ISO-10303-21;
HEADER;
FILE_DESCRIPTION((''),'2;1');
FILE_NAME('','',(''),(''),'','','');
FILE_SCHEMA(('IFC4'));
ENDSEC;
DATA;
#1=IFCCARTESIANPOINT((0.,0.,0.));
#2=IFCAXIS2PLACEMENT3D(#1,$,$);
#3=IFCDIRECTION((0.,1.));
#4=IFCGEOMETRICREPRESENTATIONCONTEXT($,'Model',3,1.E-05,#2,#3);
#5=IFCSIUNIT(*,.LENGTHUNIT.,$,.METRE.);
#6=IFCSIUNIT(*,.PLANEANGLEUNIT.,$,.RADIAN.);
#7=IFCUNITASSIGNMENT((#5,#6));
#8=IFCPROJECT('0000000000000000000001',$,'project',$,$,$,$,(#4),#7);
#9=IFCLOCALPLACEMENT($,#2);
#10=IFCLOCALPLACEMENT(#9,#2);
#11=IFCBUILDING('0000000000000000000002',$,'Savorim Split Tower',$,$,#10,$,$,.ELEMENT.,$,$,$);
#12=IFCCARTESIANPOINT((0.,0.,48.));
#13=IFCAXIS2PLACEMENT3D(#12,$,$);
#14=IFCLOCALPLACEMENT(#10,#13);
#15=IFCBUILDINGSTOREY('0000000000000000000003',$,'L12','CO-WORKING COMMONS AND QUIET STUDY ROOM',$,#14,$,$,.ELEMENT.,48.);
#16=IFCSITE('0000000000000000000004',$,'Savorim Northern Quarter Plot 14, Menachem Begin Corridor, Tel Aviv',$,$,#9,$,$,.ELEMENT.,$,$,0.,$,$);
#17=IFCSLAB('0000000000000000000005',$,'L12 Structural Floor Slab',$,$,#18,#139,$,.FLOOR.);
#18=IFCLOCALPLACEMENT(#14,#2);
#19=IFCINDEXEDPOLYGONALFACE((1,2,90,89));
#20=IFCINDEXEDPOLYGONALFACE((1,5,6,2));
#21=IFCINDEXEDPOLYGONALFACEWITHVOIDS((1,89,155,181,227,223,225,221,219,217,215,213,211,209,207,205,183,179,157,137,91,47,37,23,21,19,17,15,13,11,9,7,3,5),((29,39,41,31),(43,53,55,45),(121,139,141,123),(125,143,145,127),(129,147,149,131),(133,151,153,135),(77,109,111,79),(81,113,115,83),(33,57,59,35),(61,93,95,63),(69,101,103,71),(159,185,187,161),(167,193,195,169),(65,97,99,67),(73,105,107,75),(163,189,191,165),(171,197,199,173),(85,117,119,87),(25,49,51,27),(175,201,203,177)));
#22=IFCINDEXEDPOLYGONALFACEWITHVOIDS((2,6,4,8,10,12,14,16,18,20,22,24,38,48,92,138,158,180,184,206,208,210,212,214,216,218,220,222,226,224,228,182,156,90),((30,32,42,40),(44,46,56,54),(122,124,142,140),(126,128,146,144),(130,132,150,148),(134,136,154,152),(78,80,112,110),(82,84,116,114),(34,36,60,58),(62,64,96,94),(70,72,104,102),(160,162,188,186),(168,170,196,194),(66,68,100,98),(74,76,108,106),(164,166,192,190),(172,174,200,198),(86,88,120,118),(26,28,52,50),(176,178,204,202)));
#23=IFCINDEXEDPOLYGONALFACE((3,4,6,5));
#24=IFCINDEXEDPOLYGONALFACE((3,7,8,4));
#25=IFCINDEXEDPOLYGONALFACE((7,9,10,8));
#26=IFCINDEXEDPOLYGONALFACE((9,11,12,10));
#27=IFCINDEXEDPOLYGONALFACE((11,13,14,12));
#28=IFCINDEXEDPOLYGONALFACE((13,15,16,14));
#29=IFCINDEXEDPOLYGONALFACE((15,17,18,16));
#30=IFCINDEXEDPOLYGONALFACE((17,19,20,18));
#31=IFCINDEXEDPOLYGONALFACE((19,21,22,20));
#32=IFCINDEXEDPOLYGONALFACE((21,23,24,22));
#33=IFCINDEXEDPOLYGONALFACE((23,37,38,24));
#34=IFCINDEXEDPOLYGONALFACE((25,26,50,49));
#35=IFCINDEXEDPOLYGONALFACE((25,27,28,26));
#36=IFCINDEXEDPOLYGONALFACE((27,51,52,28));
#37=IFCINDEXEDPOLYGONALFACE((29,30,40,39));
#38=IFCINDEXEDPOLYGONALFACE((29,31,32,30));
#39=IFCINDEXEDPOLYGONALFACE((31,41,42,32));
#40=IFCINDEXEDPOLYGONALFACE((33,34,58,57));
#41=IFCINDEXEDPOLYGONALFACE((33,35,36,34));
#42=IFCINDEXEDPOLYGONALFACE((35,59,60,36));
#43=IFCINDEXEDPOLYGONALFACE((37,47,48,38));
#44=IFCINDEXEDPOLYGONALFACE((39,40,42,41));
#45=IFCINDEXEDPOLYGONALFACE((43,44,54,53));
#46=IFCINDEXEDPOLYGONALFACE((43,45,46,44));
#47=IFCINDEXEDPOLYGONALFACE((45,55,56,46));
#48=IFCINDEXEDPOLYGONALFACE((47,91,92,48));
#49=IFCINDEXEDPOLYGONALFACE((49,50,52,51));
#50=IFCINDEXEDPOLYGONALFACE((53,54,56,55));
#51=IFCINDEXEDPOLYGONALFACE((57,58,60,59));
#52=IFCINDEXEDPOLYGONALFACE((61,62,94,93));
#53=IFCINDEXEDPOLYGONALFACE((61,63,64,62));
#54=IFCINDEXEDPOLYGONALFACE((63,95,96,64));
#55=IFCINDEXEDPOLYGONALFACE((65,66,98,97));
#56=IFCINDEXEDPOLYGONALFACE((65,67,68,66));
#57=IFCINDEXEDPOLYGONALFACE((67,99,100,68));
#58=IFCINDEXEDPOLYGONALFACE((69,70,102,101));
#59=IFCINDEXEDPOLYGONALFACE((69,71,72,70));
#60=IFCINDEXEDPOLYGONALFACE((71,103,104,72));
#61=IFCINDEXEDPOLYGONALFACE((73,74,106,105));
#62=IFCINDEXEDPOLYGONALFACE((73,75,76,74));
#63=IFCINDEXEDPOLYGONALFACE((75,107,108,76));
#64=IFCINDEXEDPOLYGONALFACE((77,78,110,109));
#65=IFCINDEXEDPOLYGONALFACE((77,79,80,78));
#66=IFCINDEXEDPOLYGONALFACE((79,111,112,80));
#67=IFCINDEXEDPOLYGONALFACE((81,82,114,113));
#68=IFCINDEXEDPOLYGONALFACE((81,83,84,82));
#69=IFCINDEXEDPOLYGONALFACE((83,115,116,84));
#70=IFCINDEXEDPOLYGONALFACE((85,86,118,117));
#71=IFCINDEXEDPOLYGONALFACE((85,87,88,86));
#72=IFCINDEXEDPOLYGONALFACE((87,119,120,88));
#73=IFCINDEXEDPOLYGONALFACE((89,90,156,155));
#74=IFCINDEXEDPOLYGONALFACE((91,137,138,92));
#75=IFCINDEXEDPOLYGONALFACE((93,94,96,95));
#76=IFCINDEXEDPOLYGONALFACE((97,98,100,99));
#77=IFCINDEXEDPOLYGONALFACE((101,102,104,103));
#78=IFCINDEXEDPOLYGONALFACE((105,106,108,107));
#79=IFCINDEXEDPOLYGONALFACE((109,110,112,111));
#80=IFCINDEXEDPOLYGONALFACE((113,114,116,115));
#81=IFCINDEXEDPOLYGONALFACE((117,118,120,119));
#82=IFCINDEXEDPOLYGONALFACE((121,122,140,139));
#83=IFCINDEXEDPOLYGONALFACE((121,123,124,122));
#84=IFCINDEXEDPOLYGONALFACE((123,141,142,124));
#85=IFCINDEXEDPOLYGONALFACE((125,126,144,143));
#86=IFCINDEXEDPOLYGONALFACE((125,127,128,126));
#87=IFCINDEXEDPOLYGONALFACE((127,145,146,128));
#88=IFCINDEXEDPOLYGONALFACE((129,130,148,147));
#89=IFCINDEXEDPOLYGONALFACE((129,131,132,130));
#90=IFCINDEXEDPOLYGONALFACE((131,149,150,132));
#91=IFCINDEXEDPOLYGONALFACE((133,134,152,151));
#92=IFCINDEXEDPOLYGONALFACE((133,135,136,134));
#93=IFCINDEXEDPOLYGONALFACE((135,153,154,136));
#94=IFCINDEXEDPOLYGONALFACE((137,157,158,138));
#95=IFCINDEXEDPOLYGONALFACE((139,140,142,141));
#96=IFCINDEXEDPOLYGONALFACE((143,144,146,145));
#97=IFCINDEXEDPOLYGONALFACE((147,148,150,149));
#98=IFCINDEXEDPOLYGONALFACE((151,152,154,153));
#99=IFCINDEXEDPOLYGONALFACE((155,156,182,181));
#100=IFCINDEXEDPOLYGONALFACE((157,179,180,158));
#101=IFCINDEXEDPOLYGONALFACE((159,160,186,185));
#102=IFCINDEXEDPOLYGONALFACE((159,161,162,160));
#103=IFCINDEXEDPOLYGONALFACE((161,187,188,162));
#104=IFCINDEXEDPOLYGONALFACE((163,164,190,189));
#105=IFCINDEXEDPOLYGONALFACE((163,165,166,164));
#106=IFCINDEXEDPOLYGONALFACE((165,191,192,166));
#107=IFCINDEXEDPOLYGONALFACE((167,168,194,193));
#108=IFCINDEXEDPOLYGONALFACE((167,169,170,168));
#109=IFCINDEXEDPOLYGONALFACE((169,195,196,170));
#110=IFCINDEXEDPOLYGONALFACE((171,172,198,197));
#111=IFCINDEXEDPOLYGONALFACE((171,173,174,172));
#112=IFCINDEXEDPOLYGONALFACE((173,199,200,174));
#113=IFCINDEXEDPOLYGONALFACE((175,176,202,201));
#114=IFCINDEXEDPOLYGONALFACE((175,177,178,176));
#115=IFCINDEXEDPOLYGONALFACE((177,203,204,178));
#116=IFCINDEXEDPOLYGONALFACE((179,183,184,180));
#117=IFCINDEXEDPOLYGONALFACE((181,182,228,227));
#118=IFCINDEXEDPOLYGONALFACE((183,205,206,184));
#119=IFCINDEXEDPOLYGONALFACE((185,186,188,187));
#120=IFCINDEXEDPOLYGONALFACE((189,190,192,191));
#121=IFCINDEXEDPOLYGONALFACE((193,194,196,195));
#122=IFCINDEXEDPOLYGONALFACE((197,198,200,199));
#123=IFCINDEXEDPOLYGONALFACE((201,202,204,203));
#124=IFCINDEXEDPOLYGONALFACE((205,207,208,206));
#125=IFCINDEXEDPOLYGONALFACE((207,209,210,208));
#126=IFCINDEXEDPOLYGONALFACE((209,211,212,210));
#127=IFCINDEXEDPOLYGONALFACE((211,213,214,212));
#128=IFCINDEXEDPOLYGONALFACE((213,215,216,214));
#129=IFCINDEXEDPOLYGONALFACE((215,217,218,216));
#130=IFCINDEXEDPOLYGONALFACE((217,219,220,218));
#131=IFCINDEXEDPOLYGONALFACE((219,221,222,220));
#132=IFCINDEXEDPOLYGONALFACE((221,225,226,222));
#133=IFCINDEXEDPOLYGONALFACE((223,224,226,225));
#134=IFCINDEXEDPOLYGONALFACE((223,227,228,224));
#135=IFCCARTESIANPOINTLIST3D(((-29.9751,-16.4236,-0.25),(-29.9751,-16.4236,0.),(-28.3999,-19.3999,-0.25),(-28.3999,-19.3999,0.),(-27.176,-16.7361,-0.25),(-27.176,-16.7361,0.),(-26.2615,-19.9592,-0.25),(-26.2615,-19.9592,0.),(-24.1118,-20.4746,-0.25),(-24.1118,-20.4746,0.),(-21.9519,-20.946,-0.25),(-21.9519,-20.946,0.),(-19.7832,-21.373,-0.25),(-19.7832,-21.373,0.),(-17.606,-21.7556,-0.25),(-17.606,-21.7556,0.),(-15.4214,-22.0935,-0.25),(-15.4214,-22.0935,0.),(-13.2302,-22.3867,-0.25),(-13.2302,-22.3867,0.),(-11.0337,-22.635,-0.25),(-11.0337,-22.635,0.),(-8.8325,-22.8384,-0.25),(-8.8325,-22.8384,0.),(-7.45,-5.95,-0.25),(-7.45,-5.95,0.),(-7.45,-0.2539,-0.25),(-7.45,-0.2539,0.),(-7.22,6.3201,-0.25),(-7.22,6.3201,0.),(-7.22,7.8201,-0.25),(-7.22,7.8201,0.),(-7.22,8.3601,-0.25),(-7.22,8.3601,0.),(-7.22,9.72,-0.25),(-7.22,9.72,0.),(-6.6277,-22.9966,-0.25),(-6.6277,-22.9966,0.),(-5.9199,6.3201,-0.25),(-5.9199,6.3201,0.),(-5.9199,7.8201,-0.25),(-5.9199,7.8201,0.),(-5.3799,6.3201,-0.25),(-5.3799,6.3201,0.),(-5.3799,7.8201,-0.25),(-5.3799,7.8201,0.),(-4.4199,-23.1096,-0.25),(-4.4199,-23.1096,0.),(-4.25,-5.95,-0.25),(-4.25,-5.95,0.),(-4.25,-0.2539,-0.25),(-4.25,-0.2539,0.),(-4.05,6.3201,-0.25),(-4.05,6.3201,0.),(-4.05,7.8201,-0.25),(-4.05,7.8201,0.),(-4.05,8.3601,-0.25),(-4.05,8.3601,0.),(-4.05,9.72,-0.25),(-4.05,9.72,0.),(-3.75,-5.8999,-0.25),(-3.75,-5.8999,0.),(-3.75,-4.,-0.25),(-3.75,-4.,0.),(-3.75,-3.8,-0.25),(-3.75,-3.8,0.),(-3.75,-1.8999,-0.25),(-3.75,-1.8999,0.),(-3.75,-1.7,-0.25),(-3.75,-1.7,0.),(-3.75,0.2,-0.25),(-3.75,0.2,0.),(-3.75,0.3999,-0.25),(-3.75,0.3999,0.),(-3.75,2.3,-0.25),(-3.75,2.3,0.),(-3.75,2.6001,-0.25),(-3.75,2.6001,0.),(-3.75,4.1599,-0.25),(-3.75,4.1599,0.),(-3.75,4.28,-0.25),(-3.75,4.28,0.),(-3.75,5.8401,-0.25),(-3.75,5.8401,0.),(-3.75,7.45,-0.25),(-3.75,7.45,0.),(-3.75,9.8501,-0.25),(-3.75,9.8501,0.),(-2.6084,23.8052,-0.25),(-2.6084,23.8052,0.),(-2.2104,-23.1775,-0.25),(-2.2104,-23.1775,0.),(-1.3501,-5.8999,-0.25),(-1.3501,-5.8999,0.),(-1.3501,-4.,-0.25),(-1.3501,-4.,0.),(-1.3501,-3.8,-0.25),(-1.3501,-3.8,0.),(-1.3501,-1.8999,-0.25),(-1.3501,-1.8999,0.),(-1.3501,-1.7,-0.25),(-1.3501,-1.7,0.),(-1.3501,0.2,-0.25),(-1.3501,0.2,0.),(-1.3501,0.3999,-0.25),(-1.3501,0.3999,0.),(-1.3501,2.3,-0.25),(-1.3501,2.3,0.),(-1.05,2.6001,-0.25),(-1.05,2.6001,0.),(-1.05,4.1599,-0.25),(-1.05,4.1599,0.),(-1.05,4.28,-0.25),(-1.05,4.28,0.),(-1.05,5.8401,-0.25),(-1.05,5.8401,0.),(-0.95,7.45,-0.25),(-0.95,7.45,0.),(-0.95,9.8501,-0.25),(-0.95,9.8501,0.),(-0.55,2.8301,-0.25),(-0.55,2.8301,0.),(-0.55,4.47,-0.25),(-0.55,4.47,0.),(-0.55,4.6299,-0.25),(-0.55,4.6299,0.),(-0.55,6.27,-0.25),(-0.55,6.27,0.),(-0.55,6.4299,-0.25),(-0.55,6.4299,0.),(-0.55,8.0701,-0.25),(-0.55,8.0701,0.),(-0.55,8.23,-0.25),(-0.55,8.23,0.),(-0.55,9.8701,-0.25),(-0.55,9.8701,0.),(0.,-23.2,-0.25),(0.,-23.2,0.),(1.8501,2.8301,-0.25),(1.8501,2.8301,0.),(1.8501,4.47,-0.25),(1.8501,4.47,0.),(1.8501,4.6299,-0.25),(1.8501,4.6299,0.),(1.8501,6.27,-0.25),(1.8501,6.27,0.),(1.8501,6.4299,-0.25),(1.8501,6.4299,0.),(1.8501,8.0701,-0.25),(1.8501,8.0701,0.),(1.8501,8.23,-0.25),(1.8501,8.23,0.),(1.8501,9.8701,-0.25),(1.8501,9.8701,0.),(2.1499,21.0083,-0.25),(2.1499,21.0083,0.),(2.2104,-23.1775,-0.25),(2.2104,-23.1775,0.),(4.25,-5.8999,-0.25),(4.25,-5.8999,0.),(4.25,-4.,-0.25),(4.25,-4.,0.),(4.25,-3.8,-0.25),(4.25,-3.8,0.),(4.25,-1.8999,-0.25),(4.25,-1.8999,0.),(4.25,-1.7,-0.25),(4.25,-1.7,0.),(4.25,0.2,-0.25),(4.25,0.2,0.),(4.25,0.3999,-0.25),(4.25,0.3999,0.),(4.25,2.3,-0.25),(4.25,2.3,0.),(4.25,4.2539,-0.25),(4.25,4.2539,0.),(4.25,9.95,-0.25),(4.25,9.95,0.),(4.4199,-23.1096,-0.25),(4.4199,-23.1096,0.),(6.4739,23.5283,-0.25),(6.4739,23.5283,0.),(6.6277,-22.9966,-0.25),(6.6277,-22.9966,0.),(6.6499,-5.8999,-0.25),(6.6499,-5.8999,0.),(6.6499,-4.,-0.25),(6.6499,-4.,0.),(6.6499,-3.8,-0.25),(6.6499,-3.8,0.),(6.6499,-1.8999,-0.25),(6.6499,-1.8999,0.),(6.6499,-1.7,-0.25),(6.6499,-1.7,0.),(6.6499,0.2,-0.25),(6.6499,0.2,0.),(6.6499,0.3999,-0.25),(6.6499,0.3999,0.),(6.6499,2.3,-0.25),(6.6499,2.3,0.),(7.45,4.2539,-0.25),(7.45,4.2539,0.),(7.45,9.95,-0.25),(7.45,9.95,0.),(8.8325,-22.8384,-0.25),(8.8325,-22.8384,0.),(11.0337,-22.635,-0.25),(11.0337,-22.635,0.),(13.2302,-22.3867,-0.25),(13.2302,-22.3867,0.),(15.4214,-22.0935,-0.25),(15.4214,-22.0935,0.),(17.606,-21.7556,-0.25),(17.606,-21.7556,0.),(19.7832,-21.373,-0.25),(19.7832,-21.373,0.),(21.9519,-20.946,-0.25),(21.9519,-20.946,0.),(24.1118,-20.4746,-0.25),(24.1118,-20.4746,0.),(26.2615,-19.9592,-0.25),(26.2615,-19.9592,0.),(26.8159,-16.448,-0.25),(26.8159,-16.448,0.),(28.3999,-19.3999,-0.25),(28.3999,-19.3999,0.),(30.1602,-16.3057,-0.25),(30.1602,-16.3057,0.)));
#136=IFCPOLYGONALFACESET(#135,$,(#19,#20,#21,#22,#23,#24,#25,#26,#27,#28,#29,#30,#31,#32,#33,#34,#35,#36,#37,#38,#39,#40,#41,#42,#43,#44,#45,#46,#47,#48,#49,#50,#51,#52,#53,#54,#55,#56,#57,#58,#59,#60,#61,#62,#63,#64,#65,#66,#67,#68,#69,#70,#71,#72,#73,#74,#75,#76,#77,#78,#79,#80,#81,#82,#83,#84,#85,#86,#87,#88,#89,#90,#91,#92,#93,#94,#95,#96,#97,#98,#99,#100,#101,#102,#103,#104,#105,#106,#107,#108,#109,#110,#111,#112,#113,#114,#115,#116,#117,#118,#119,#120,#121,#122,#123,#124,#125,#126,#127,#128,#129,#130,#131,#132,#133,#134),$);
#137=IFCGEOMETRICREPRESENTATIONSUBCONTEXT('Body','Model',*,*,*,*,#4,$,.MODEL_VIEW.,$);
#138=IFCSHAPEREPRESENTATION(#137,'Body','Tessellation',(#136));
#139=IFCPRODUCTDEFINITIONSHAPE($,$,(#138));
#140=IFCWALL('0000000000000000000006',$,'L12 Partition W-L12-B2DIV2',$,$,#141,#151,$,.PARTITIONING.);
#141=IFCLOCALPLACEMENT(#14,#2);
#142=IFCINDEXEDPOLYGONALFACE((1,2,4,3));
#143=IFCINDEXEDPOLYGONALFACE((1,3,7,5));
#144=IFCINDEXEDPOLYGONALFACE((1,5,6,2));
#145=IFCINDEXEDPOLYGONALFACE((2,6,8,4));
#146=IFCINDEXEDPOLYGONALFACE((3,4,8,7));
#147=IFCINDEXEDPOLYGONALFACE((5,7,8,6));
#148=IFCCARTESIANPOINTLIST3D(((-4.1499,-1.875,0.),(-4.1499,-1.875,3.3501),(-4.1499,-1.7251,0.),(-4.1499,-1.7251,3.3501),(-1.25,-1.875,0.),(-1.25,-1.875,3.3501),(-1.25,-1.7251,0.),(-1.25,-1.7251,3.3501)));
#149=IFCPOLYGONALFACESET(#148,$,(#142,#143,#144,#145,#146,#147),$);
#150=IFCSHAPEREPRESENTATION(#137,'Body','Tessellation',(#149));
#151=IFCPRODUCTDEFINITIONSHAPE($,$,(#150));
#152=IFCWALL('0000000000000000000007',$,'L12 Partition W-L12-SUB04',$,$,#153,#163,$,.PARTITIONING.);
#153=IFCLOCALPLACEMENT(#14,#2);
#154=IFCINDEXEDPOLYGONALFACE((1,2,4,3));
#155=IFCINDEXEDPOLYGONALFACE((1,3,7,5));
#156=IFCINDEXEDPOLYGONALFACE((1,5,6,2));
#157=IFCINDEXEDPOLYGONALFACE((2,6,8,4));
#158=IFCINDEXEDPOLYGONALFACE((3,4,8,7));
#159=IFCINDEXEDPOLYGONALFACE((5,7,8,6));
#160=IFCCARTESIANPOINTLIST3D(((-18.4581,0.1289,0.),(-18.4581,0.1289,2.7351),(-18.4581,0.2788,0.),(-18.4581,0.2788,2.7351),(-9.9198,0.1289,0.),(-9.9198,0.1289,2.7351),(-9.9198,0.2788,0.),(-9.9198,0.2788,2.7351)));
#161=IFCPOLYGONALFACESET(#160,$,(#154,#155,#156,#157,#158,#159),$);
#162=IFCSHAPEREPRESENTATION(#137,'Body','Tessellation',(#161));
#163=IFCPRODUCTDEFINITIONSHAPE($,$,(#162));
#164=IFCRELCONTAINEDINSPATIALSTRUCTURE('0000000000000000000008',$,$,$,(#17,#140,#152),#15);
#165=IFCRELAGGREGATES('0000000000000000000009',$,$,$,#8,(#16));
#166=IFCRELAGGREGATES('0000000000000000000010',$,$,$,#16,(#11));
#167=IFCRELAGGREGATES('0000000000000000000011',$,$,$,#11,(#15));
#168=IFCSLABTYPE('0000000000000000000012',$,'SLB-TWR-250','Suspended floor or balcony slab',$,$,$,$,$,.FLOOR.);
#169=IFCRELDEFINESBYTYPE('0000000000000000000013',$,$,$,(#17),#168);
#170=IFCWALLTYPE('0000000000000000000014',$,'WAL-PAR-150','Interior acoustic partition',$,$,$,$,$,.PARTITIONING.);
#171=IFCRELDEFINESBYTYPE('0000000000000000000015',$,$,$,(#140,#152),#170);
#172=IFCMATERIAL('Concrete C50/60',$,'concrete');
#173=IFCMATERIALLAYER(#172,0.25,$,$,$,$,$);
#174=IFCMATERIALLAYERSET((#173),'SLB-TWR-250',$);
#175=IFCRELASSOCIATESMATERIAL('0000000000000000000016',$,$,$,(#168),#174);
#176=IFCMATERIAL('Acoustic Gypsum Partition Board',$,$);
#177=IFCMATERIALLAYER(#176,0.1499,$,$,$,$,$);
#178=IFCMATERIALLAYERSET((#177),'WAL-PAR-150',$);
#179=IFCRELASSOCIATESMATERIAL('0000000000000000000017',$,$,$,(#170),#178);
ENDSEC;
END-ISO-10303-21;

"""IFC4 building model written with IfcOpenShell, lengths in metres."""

from ifc_helpers import new_model, si_unit, direction, frame, frame_2d, origin, place, context, subcontext, project, spatial, polyline, rectangle, outline, extrude, material, layer, layer_set, type_object, element, save


model = new_model("IFC4")

# Units and contexts
model_context = context("Model", 3, precision=1e-05, world=origin(), true_north=direction((0.0, 1.0)))
body_context = subcontext(model_context, "Body", "Model", "MODEL_VIEW")
ifc_project = project(units=[si_unit("LENGTHUNIT", "METRE"), si_unit("PLANEANGLEUNIT", "RADIAN")], contexts=[model_context])

# Site, building, storey
site_placement = place(None, origin())
site = spatial("IfcSite", under=ifc_project, at=site_placement, Name="Savorim Northern Quarter Plot 14, Menachem Begin Corridor, Tel Aviv", CompositionType="ELEMENT", RefElevation=0.0)
building_placement = place(site_placement, origin())
building = spatial("IfcBuilding", under=site, at=building_placement, Name="Savorim Split Tower", CompositionType="ELEMENT")
storey_placement = place(building_placement, frame((0.0, 0.0, 48.0)))
storey = spatial("IfcBuildingStorey", under=building, at=storey_placement, Name="L12", Description="CO-WORKING COMMONS AND QUIET STUDY ROOM", CompositionType="ELEMENT", Elevation=48.0)

# Shared definitions
ifc_material_1 = material(Name="Concrete C50/60", Category="concrete")

# Slab
ifc_layer_1 = layer(ifc_material_1, 0.25)
ifc_layer_set_1 = layer_set([ifc_layer_1], Name="SLB-TWR-250")
slab_type_1 = type_object("IfcSlabType", Name="SLB-TWR-250", Description="Suspended floor or balcony slab", PredefinedType="FLOOR", material=ifc_layer_set_1)
slab_1_placement = place(storey_placement, frame((0.0, 0.0, -0.25)))
element("IfcSlab", 1, at=slab_1_placement, inside=storey, type_object=slab_type_1, Name="L12 Structural Floor Slab", PredefinedType="FLOOR", context=body_context, shape_type="SweptSolid", body=[
    extrude(outline(polyline([(-28.3999, -19.3999), (-26.2615, -19.9592), (-24.1118, -20.4746), (-21.9519, -20.946), (-19.7832, -21.373), (-17.606, -21.7556), (-15.4214, -22.0935), (-13.2302, -22.3867), (-11.0337, -22.635), (-8.8325, -22.8384), (-6.6277, -22.9966), (-4.4199, -23.1096), (-2.2104, -23.1775), (0.0, -23.2), (2.2104, -23.1775), (4.4199, -23.1096), (6.6277, -22.9966), (8.8325, -22.8384), (11.0337, -22.635), (13.2302, -22.3867), (15.4214, -22.0935), (17.606, -21.7556), (19.7832, -21.373), (21.9519, -20.946), (24.1118, -20.4746), (26.2615, -19.9592), (28.3999, -19.3999), (26.8159, -16.448), (30.1602, -16.3057), (6.4739, 23.5283), (2.1499, 21.0083), (-2.6084, 23.8052), (-29.9751, -16.4236), (-27.176, -16.7361), (-28.3999, -19.3999)]), holes=[polyline([(-7.45, -0.2539), (-7.45, -5.95), (-4.25, -5.95), (-4.25, -0.2539), (-7.45, -0.2539)]), polyline([(7.45, 4.2539), (7.45, 9.95), (4.25, 9.95), (4.25, 4.2539), (7.45, 4.2539)]), polyline([(4.25, -5.8999), (6.6499, -5.8999), (6.6499, -4.0), (4.25, -4.0), (4.25, -5.8999)]), polyline([(4.25, -3.8), (6.6499, -3.8), (6.6499, -1.8999), (4.25, -1.8999), (4.25, -3.8)]), polyline([(4.25, -1.7), (6.6499, -1.7), (6.6499, 0.2), (4.25, 0.2), (4.25, -1.7)]), polyline([(4.25, 0.3999), (6.6499, 0.3999), (6.6499, 2.3), (4.25, 2.3), (4.25, 0.3999)]), polyline([(-3.75, -5.8999), (-1.3501, -5.8999), (-1.3501, -4.0), (-3.75, -4.0), (-3.75, -5.8999)]), polyline([(-3.75, -3.8), (-1.3501, -3.8), (-1.3501, -1.8999), (-3.75, -1.8999), (-3.75, -3.8)]), polyline([(-3.75, -1.7), (-1.3501, -1.7), (-1.3501, 0.2), (-3.75, 0.2), (-3.75, -1.7)]), polyline([(-3.75, 0.3999), (-1.3501, 0.3999), (-1.3501, 2.3), (-3.75, 2.3), (-3.75, 0.3999)]), polyline([(-0.55, 2.8301), (1.8501, 2.8301), (1.8501, 4.47), (-0.55, 4.47), (-0.55, 2.8301)]), polyline([(-0.55, 4.6299), (1.8501, 4.6299), (1.8501, 6.27), (-0.55, 6.27), (-0.55, 4.6299)]), polyline([(-0.55, 6.4299), (1.8501, 6.4299), (1.8501, 8.0701), (-0.55, 8.0701), (-0.55, 6.4299)]), polyline([(-0.55, 8.23), (1.8501, 8.23), (1.8501, 9.8701), (-0.55, 9.8701), (-0.55, 8.23)]), polyline([(-3.75, 2.6001), (-1.05, 2.6001), (-1.05, 4.1599), (-3.75, 4.1599), (-3.75, 2.6001)]), polyline([(-3.75, 4.28), (-1.05, 4.28), (-1.05, 5.8401), (-3.75, 5.8401), (-3.75, 4.28)]), polyline([(-3.75, 7.45), (-0.95, 7.45), (-0.95, 9.8501), (-3.75, 9.8501), (-3.75, 7.45)]), polyline([(-7.22, 6.3201), (-5.9199, 6.3201), (-5.9199, 7.8201), (-7.22, 7.8201), (-7.22, 6.3201)]), polyline([(-5.3799, 6.3201), (-4.05, 6.3201), (-4.05, 7.8201), (-5.3799, 7.8201), (-5.3799, 6.3201)]), polyline([(-7.22, 8.3601), (-4.05, 8.3601), (-4.05, 9.72), (-7.22, 9.72), (-7.22, 8.3601)])]), origin(), (0.0, 0.0, 1.0), 0.25),
])

# Walls
ifc_material_2 = material(Name="Acoustic Gypsum Partition Board")
ifc_layer_2 = layer(ifc_material_2, 0.1499)
ifc_layer_set_2 = layer_set([ifc_layer_2], Name="WAL-PAR-150")
wall_type = type_object("IfcWallType", Name="WAL-PAR-150", Description="Interior acoustic partition", PredefinedType="PARTITIONING", material=ifc_layer_set_2)
wall_1_placement = place(storey_placement, frame((-4.1499, -1.8, 0.0), z_axis=(0.0, 0.0, 1.0), x_axis=(1.0, 0.0, 0.0)))
element("IfcWall", 2, at=wall_1_placement, inside=storey, type_object=wall_type, Name="L12 Partition W-L12-B2DIV2", PredefinedType="PARTITIONING", context=body_context, shape_type="SweptSolid", body=[
    extrude(rectangle(XDim=2.8999, YDim=0.1499, at=frame_2d((1.45, 0.0))), origin(), (0.0, 0.0, 1.0), 3.3501),
])
wall_2_placement = place(storey_placement, frame((-9.9199, 0.2039, 0.0), z_axis=(0.0, 0.0, 1.0), x_axis=(-1.0, 0.0, 0.0)))
element("IfcWall", 3, at=wall_2_placement, inside=storey, type_object=wall_type, Name="L12 Partition W-L12-SUB04", PredefinedType="PARTITIONING", context=body_context, shape_type="SweptSolid", body=[
    extrude(rectangle(XDim=8.5383, YDim=0.1499, at=frame_2d((4.269, 0.0))), origin(), (0.0, 0.0, 1.0), 2.7351),
])

save(model, "model.ifc")
